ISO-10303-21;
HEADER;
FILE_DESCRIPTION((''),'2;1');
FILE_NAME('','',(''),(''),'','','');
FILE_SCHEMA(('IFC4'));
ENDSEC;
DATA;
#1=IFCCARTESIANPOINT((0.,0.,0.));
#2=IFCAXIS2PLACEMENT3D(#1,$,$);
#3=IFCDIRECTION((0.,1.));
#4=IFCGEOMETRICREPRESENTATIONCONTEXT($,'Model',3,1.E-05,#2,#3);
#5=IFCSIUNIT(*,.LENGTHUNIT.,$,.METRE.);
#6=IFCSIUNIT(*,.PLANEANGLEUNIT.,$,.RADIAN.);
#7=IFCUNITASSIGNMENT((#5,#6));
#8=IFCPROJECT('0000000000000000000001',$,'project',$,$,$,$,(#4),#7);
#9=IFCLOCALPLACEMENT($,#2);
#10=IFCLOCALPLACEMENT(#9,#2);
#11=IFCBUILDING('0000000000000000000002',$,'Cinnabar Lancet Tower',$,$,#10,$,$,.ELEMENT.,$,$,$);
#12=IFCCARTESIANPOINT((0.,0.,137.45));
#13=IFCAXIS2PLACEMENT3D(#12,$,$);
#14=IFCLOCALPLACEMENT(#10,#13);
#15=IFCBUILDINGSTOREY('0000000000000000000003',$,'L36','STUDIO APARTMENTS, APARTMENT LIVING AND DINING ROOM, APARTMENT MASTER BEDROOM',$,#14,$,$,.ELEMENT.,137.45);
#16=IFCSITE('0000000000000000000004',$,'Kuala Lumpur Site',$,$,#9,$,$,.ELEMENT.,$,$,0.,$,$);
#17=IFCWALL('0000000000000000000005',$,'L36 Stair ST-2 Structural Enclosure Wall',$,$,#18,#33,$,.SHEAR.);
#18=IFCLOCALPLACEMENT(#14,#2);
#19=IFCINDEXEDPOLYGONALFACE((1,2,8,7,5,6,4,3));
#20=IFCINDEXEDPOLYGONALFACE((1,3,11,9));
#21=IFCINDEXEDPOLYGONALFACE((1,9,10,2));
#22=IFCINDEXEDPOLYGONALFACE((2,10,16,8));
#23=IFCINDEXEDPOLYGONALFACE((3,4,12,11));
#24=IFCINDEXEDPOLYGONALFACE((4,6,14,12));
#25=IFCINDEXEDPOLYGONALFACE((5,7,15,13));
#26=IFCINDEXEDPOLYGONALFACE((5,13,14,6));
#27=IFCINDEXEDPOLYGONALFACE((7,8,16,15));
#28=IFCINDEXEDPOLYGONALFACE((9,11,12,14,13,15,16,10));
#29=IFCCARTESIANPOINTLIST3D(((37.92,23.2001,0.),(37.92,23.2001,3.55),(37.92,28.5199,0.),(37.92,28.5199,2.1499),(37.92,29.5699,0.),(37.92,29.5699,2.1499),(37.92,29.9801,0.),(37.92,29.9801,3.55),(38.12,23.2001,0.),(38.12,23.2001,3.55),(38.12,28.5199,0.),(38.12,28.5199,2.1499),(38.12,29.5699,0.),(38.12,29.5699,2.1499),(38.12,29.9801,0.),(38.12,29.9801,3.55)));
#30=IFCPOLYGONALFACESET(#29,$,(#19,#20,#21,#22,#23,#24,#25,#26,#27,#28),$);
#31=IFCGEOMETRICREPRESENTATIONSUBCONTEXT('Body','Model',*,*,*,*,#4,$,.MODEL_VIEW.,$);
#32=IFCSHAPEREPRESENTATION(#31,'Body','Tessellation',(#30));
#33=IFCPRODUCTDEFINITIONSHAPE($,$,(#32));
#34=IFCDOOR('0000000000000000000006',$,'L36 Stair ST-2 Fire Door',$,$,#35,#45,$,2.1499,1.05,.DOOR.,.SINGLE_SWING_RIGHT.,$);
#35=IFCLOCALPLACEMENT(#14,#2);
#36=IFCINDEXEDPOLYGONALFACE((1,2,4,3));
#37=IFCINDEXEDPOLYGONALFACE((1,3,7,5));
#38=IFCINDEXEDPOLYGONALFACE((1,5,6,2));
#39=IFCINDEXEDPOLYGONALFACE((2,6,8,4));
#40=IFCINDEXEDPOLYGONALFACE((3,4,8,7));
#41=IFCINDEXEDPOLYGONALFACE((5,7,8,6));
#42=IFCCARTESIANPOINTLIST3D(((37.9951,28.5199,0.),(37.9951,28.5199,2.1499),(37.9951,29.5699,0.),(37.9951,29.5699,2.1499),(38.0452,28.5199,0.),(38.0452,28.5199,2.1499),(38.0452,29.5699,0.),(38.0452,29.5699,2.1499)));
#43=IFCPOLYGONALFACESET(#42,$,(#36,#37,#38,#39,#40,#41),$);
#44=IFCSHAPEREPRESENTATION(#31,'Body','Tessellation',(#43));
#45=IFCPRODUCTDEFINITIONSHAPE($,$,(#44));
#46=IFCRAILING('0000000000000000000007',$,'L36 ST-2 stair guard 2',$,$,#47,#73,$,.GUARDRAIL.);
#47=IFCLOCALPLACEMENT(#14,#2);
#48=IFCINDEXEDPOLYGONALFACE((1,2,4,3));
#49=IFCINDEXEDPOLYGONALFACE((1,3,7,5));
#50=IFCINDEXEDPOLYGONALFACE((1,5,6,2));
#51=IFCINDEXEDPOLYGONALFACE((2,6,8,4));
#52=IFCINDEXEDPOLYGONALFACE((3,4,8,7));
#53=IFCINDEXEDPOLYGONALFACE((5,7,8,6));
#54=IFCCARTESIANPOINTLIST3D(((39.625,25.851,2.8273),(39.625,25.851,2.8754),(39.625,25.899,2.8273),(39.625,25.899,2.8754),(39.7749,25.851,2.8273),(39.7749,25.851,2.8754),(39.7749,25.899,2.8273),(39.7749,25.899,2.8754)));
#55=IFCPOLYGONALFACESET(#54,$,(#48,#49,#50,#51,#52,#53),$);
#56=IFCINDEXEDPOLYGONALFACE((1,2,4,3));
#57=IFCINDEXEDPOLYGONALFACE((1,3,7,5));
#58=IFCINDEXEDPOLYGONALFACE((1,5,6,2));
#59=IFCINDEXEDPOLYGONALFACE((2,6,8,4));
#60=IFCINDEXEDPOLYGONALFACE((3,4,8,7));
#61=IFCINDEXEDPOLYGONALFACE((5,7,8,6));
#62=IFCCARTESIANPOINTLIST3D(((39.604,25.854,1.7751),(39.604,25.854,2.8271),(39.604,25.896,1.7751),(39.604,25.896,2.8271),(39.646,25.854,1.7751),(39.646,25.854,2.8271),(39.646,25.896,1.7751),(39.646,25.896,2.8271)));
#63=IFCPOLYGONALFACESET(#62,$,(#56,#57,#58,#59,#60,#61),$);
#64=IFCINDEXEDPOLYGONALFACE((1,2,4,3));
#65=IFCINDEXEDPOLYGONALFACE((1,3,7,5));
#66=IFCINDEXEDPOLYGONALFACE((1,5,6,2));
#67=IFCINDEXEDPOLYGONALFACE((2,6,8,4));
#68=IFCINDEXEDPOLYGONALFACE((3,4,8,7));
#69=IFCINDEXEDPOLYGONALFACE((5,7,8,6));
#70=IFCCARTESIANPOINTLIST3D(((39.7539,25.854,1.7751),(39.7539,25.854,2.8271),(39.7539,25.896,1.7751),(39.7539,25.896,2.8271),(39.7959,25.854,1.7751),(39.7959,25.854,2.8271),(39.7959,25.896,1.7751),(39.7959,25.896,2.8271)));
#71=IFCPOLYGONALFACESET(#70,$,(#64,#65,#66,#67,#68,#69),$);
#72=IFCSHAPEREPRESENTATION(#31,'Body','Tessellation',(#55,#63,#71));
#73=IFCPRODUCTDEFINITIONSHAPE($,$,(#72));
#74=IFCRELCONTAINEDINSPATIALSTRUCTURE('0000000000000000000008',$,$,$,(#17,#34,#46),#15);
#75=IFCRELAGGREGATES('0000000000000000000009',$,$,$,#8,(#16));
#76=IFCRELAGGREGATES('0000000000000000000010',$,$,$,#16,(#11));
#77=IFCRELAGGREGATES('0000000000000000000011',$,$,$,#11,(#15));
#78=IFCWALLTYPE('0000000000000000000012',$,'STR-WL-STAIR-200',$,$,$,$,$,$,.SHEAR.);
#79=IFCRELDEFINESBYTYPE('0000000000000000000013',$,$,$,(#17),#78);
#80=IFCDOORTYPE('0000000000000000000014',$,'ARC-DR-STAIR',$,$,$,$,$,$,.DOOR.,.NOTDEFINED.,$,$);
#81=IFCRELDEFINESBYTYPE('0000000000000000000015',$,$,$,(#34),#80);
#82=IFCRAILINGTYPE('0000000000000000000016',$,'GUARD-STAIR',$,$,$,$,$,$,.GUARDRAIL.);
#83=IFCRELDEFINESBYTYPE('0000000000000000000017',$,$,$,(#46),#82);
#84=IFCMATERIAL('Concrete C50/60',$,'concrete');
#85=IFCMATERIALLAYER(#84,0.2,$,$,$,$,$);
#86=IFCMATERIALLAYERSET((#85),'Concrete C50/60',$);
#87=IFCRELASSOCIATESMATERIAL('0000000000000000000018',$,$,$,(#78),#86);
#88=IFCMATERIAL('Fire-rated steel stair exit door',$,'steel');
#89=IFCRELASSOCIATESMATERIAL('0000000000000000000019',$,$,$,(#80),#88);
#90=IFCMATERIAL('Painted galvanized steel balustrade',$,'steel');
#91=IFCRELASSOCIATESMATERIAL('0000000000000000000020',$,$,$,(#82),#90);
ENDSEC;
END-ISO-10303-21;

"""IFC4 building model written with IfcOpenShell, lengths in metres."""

from ifc_helpers import new_model, si_unit, direction, frame, frame_2d, origin, origin_2d, place, context, subcontext, project, spatial, rectangle, extrude, material, layer, layer_set, type_object, element, fill, save


model = new_model("IFC4")

# Units and contexts
model_context = context("Model", 3, precision=1e-05, world=origin(), true_north=direction((0.0, 1.0)))
body_context = subcontext(model_context, "Body", "Model", "MODEL_VIEW")
ifc_project = project(units=[si_unit("LENGTHUNIT", "METRE"), si_unit("PLANEANGLEUNIT", "RADIAN")], contexts=[model_context])

# Site, building, storey
site_placement = place(None, origin())
site = spatial("IfcSite", under=ifc_project, at=site_placement, Name="Kuala Lumpur Site", CompositionType="ELEMENT", RefElevation=0.0)
building_placement = place(site_placement, origin())
building = spatial("IfcBuilding", under=site, at=building_placement, Name="Cinnabar Lancet Tower", CompositionType="ELEMENT")
storey_placement = place(building_placement, frame((0.0, 0.0, 137.45)))
storey = spatial("IfcBuildingStorey", under=building, at=storey_placement, Name="L36", Description="STUDIO APARTMENTS, APARTMENT LIVING AND DINING ROOM, APARTMENT MASTER BEDROOM", CompositionType="ELEMENT", Elevation=137.45)

# Wall, opening, door
ifc_material_1 = material(Name="Concrete C50/60", Category="concrete")
ifc_layer_1 = layer(ifc_material_1, 0.2)
ifc_layer_set_1 = layer_set([ifc_layer_1], Name="Concrete C50/60")
wall_type_1 = type_object("IfcWallType", Name="STR-WL-STAIR-200", PredefinedType="SHEAR", material=ifc_layer_set_1)
wall_1_placement = place(storey_placement, frame((38.02, 23.2, 0.0), z_axis=(0.0, 0.0, 1.0), x_axis=(0.0, 1.0, 0.0)))
wall_1 = element("IfcWall", 1, at=wall_1_placement, inside=storey, type_object=wall_type_1, Name="L36 Stair ST-2 Structural Enclosure Wall", PredefinedType="SHEAR", context=body_context, shape_type="SweptSolid", body=[
    extrude(rectangle(XDim=6.78, YDim=0.2, at=frame_2d((3.3901, 0.0))), origin(), (0.0, 0.0, 1.0), 3.55),
])
opening_1_placement = place(wall_1_placement, frame((5.3201, 0.0, 0.0)))
opening_1 = element("IfcOpeningElement", 2, at=opening_1_placement, cuts=wall_1, PredefinedType="OPENING", context=body_context, shape_type="SweptSolid", body=[
    extrude(rectangle(XDim=1.05, YDim=2.1499, at=frame_2d((0.5249, 1.075))), frame((0.0, 0.1099, 0.0), z_axis=(0.0, -1.0, 0.0), x_axis=(1.0, 0.0, 0.0)), (0.0, 0.0, 1.0), 0.22),
])
ifc_material_2 = material(Name="Fire-rated steel stair exit door", Category="steel")
door_type_1 = type_object("IfcDoorType", Name="ARC-DR-STAIR", OperationType="NOTDEFINED", PredefinedType="DOOR", material=ifc_material_2)
door_1_placement = place(opening_1_placement, origin())
door_1 = element("IfcDoor", 3, at=door_1_placement, inside=storey, type_object=door_type_1, Name="L36 Stair ST-2 Fire Door", OperationType="SINGLE_SWING_RIGHT", OverallHeight=2.1499, OverallWidth=1.05, PredefinedType="DOOR", context=body_context, shape_type="SweptSolid", body=[
    extrude(rectangle(XDim=1.05, YDim=2.1499, at=frame_2d((0.5249, 1.075))), frame((0.0, 0.0249, 0.0), z_axis=(0.0, -1.0, 0.0), x_axis=(1.0, 0.0, 0.0)), (0.0, 0.0, 1.0), 0.05),
])
fill(opening_1, door_1)

# Railing
ifc_material_3 = material(Name="Painted galvanized steel balustrade", Category="steel")
railing_type = type_object("IfcRailingType", Name="GUARD-STAIR", PredefinedType="GUARDRAIL", material=ifc_material_3)
railing_placement = place(storey_placement, frame((39.625, 25.875, 1.7751)))
element("IfcRailing", 4, at=railing_placement, inside=storey, type_object=railing_type, Name="L36 ST-2 stair guard 2", PredefinedType="GUARDRAIL", context=body_context, shape_type="SweptSolid", body=[
    extrude(rectangle(XDim=0.0481, YDim=0.0481, at=origin_2d()), frame((0.0, 0.0, 1.0762), z_axis=(1.0, 0.0, 0.0), x_axis=(0.0, 1.0, 0.0)), (0.0, 0.0, 1.0), 0.1499),
    extrude(rectangle(XDim=0.042, YDim=0.042, at=origin_2d()), origin(), (0.0, 0.0, 1.0), 1.052),
    extrude(rectangle(XDim=0.042, YDim=0.042, at=origin_2d()), frame((0.1499, 0.0, 0.0)), (0.0, 0.0, 1.0), 1.052),
])

save(model, "model.ifc")
